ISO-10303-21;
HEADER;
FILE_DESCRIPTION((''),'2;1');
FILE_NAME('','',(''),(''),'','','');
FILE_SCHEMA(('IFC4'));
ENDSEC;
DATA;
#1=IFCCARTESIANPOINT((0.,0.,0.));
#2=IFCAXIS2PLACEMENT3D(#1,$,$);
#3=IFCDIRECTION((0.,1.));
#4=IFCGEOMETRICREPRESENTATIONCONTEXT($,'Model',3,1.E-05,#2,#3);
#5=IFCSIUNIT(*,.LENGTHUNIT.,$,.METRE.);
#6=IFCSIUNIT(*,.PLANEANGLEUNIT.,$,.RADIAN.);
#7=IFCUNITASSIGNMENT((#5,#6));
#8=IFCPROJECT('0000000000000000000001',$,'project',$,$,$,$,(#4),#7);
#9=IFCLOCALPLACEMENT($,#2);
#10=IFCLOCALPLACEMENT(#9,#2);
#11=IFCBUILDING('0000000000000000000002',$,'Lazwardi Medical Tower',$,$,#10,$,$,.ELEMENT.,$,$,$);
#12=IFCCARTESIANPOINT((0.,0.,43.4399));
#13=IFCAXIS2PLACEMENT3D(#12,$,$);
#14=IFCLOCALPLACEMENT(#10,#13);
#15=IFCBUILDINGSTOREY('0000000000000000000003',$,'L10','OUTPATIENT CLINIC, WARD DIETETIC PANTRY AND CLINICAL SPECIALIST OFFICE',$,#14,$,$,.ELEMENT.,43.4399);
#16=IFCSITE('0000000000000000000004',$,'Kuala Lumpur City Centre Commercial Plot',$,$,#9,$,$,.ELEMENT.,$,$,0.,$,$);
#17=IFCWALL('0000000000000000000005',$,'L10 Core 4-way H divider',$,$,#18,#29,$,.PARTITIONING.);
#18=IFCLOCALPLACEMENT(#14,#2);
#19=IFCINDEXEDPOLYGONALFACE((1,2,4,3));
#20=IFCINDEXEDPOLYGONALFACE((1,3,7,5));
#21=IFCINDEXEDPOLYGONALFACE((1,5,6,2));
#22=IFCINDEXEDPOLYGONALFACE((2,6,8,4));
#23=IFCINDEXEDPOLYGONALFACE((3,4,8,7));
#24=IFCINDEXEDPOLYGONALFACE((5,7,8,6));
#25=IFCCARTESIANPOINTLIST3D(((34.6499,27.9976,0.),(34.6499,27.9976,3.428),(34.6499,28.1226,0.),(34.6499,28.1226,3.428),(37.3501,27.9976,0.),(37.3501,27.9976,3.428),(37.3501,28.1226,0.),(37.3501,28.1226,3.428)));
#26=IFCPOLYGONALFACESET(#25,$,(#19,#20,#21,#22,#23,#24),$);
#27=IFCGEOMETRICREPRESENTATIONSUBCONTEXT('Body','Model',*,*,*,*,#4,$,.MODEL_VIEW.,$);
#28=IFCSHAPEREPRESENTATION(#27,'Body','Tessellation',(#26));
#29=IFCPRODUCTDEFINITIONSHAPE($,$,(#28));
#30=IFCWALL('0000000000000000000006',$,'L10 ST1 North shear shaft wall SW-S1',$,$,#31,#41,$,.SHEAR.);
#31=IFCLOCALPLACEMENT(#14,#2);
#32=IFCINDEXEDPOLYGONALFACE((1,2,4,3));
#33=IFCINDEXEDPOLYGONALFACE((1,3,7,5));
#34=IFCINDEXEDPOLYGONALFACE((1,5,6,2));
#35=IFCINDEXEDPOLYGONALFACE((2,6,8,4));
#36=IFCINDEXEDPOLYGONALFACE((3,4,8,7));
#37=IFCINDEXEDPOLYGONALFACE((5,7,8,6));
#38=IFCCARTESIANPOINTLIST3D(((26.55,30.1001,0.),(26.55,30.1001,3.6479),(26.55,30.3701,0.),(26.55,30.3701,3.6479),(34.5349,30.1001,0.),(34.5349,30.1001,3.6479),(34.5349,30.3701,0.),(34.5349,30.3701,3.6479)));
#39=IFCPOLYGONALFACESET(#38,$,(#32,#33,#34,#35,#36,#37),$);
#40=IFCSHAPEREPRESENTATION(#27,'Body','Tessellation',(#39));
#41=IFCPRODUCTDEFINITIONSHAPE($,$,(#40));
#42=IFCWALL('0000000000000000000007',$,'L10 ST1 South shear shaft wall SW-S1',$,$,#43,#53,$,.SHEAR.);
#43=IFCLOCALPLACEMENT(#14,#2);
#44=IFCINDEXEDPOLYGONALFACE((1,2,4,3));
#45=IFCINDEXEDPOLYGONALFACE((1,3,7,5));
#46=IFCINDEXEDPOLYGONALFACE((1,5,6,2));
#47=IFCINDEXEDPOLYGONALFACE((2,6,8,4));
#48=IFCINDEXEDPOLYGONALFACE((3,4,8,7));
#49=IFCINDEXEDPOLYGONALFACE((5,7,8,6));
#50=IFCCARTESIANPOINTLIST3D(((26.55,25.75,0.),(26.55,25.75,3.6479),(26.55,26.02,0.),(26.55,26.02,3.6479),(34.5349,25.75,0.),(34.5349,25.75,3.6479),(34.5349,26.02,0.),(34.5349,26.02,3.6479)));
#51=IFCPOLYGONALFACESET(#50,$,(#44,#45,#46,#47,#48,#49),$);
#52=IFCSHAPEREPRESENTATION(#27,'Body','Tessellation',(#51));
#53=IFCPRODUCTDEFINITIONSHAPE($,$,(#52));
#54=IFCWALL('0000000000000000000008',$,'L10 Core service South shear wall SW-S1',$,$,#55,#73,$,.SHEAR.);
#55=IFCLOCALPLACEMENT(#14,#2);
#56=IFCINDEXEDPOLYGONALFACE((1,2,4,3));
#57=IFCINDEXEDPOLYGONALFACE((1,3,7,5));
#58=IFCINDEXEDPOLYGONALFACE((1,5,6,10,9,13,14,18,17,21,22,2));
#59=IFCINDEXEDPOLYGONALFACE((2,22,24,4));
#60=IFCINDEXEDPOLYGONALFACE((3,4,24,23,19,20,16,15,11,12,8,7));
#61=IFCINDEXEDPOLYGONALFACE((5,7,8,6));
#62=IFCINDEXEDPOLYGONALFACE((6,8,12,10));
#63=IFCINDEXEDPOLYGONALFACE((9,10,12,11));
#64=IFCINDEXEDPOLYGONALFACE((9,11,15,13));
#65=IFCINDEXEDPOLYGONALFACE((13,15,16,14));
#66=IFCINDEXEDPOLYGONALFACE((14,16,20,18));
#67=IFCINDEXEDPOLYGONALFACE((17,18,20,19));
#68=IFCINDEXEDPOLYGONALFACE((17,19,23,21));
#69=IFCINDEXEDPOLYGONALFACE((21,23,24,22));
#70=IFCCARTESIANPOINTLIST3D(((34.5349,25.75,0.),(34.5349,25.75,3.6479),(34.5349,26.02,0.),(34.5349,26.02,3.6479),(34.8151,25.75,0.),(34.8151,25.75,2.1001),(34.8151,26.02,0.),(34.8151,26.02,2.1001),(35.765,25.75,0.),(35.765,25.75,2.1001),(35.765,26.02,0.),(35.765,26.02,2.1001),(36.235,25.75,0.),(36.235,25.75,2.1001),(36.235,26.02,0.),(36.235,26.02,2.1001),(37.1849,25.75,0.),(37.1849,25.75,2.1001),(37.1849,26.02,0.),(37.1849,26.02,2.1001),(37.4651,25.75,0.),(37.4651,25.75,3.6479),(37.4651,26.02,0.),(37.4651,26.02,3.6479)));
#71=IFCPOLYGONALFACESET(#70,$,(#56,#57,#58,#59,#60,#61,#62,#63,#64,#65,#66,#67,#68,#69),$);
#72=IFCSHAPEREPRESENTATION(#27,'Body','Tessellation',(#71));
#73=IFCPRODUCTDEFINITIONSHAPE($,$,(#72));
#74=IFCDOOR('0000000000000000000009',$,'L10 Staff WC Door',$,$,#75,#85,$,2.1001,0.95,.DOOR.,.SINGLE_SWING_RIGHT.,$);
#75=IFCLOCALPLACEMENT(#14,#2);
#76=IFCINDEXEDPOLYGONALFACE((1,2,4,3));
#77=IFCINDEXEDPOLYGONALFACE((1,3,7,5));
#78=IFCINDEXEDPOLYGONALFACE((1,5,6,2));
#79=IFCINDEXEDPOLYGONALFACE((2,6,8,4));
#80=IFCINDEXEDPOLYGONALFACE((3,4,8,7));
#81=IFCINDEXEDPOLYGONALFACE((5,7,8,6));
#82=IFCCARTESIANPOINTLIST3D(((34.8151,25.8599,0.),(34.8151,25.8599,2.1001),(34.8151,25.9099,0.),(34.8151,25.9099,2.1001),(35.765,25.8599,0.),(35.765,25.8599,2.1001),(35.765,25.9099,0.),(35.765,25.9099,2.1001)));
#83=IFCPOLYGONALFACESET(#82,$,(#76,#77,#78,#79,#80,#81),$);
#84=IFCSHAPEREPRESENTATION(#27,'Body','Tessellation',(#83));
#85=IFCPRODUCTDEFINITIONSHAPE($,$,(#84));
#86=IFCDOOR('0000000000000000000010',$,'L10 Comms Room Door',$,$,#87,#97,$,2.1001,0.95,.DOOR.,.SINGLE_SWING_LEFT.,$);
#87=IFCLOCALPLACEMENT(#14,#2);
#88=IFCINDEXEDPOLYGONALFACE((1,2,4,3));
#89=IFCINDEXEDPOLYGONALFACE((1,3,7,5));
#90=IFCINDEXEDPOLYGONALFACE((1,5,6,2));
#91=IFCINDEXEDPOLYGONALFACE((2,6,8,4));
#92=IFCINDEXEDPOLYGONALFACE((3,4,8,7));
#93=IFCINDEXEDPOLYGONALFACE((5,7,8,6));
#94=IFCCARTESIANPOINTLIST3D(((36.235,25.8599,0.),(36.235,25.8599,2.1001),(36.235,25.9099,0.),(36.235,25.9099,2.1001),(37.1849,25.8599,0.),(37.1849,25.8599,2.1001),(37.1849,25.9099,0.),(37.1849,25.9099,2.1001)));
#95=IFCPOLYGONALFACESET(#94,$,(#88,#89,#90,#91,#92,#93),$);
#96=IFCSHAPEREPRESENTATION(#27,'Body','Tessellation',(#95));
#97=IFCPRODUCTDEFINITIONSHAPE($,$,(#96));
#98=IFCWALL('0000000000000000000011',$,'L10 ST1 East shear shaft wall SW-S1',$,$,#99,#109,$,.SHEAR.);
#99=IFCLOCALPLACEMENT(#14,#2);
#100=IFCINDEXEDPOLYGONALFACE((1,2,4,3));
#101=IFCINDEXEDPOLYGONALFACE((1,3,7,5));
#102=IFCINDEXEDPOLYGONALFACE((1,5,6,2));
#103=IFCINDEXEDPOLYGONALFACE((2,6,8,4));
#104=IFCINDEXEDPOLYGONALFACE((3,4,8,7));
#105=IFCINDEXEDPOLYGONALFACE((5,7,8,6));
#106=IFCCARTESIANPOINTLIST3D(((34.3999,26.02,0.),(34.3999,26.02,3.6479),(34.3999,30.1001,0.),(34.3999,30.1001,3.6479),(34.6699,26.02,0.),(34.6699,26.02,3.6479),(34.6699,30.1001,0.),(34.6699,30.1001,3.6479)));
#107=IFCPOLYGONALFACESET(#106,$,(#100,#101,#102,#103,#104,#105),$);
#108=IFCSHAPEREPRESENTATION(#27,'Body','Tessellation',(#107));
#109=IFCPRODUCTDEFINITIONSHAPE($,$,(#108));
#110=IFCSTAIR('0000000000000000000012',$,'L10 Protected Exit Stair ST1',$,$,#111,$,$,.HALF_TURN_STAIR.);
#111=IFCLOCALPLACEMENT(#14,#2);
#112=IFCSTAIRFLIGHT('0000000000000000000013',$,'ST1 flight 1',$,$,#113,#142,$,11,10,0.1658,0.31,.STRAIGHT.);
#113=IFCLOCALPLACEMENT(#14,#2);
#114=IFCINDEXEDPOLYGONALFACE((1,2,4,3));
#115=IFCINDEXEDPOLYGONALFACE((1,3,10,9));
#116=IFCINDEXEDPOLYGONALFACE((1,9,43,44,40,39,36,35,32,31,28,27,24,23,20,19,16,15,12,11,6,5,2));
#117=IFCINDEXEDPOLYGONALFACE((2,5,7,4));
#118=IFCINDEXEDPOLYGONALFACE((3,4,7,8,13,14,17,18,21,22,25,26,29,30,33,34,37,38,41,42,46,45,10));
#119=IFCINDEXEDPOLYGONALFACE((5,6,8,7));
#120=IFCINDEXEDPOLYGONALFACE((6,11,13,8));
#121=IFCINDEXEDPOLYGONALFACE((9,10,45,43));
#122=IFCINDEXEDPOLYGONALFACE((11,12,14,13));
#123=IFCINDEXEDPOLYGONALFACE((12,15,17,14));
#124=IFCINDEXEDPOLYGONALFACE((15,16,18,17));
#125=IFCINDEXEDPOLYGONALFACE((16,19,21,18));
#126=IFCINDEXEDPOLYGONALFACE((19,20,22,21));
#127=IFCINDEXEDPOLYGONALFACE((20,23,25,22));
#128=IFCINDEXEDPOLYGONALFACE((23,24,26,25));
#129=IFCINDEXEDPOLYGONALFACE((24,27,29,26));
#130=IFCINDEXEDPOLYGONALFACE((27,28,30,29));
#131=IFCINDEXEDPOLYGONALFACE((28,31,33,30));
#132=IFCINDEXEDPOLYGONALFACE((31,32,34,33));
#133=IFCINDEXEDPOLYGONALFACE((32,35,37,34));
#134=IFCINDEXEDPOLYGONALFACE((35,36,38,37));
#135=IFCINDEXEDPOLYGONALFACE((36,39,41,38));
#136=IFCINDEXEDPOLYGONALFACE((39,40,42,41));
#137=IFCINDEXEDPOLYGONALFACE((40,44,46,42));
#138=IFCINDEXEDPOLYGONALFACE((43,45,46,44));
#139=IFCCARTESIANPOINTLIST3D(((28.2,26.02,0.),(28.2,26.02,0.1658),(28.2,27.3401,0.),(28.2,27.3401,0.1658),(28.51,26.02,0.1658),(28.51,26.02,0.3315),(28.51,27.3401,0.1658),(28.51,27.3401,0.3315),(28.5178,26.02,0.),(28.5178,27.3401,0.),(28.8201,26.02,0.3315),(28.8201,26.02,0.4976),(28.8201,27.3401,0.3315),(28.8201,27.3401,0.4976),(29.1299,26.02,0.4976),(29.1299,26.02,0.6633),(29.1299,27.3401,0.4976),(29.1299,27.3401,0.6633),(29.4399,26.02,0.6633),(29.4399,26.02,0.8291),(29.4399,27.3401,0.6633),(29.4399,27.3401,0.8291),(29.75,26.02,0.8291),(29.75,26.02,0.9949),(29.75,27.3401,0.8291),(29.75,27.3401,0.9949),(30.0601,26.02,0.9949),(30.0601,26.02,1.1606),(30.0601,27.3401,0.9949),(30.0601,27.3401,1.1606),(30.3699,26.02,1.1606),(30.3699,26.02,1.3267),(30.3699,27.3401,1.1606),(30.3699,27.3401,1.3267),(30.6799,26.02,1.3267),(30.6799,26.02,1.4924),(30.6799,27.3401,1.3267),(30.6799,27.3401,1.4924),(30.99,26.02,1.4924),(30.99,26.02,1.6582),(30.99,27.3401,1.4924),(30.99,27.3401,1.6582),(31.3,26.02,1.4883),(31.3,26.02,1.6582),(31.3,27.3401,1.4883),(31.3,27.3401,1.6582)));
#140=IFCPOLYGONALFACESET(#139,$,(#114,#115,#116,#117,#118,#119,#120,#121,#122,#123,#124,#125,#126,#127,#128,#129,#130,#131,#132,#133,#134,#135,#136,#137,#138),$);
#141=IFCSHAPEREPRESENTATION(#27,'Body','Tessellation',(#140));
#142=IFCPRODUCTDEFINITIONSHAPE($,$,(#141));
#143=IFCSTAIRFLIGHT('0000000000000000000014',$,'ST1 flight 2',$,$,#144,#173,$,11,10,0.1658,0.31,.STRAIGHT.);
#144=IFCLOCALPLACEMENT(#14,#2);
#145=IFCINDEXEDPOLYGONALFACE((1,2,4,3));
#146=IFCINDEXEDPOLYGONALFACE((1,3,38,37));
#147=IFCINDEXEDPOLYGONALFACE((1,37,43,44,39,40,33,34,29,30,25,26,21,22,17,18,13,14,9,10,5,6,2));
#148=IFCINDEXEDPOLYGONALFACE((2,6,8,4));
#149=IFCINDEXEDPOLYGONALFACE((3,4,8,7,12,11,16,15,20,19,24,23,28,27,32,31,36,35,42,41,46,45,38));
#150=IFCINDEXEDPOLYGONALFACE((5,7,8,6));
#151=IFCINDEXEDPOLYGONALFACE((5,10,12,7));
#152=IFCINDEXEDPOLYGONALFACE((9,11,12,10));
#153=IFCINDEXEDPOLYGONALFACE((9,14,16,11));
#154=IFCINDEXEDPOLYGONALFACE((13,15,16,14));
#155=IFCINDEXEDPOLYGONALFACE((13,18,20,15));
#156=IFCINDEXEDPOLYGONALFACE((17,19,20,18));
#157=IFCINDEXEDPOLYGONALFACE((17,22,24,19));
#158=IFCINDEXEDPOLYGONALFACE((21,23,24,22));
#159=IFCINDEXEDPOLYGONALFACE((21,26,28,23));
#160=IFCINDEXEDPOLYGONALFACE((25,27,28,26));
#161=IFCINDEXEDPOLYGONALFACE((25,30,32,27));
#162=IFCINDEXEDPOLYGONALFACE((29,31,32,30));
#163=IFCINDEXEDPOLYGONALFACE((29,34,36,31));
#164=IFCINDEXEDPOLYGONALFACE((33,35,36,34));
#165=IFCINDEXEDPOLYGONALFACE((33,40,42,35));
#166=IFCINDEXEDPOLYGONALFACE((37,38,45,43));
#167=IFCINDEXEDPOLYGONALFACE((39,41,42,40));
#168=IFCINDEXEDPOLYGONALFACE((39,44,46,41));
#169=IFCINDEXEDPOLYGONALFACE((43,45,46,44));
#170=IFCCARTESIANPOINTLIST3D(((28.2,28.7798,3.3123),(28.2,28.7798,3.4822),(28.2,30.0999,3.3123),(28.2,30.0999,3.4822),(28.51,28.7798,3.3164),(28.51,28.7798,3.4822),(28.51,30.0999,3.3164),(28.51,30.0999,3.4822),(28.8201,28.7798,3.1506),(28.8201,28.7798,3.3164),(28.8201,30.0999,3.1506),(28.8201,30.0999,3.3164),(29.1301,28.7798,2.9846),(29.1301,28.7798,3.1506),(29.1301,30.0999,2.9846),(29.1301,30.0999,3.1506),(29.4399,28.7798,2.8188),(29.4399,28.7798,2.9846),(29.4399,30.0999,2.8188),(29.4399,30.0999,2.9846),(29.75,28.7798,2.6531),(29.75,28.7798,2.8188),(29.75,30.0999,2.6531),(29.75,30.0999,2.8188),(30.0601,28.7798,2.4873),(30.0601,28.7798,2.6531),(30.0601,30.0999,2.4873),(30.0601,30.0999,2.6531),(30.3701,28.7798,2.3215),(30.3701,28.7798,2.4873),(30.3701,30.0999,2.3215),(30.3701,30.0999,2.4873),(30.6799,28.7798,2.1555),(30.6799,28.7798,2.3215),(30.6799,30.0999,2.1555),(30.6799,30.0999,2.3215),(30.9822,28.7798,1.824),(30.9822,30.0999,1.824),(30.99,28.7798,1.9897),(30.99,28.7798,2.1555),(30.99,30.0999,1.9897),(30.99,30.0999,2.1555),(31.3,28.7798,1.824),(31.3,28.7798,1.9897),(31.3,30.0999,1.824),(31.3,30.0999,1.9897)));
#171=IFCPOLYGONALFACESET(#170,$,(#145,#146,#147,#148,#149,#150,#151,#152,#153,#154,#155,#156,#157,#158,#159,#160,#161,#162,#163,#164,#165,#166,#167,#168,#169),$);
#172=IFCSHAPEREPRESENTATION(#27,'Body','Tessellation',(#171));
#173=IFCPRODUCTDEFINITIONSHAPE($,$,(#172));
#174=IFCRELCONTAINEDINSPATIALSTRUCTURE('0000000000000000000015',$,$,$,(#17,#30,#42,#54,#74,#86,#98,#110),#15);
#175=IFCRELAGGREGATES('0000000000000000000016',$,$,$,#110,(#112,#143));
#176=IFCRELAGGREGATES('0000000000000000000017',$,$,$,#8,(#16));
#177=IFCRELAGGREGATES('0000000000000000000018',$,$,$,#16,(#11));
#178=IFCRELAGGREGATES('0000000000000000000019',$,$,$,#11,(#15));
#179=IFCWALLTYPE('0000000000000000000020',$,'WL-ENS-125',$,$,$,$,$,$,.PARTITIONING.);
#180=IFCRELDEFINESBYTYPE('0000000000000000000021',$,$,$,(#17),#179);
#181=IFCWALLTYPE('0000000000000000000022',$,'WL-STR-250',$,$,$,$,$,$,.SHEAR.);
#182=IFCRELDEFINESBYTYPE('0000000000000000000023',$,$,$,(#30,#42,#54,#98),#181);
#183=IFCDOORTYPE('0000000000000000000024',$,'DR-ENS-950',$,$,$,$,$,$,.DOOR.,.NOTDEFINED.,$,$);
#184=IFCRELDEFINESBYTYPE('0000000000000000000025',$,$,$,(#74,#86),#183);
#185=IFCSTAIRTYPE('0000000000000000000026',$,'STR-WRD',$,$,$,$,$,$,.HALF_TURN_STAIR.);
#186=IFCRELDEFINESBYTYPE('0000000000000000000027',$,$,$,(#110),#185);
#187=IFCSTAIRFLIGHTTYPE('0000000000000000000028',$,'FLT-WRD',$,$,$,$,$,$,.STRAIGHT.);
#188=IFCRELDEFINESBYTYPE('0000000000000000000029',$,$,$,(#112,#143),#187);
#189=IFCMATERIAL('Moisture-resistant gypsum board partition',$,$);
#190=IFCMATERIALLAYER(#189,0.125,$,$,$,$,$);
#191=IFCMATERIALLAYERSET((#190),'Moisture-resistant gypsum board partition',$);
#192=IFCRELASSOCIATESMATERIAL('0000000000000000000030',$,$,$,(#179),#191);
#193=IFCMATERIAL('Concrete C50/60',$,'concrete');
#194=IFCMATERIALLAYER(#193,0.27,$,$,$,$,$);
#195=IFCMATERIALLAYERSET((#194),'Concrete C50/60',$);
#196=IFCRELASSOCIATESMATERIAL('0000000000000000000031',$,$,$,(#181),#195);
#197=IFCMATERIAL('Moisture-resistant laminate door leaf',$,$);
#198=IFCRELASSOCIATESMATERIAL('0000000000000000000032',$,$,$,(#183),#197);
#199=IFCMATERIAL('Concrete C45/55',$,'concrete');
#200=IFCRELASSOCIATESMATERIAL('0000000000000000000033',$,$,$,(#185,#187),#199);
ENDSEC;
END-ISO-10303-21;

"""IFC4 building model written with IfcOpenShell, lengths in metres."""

from ifc_helpers import new_model, si_unit, direction, frame, frame_2d, origin, place, context, subcontext, project, spatial, polyline, rectangle, outline, extrude, material, layer, layer_set, type_object, element, fill, aggregate, save


model = new_model("IFC4")

# Units and contexts
model_context = context("Model", 3, precision=1e-05, world=origin(), true_north=direction((0.0, 1.0)))
body_context = subcontext(model_context, "Body", "Model", "MODEL_VIEW")
ifc_project = project(units=[si_unit("LENGTHUNIT", "METRE"), si_unit("PLANEANGLEUNIT", "RADIAN")], contexts=[model_context])

# Site, building, storey
site_placement = place(None, origin())
site = spatial("IfcSite", under=ifc_project, at=site_placement, Name="Kuala Lumpur City Centre Commercial Plot", CompositionType="ELEMENT", RefElevation=0.0)
building_placement = place(site_placement, origin())
building = spatial("IfcBuilding", under=site, at=building_placement, Name="Lazwardi Medical Tower", CompositionType="ELEMENT")
storey_placement = place(building_placement, frame((0.0, 0.0, 43.4399)))
storey = spatial("IfcBuildingStorey", under=building, at=storey_placement, Name="L10", Description="OUTPATIENT CLINIC, WARD DIETETIC PANTRY AND CLINICAL SPECIALIST OFFICE", CompositionType="ELEMENT", Elevation=43.4399)

# Walls
ifc_material_1 = material(Name="Moisture-resistant gypsum board partition")
ifc_layer_1 = layer(ifc_material_1, 0.125)
ifc_layer_set_1 = layer_set([ifc_layer_1], Name="Moisture-resistant gypsum board partition")
wall_type_1 = type_object("IfcWallType", Name="WL-ENS-125", PredefinedType="PARTITIONING", material=ifc_layer_set_1)
wall_1_placement = place(storey_placement, frame((34.6499, 28.0601, 0.0), z_axis=(0.0, 0.0, 1.0), x_axis=(1.0, 0.0, 0.0)))
element("IfcWall", 1, at=wall_1_placement, inside=storey, type_object=wall_type_1, Name="L10 Core 4-way H divider", PredefinedType="PARTITIONING", context=body_context, shape_type="SweptSolid", body=[
    extrude(rectangle(XDim=2.7002, YDim=0.125, at=frame_2d((1.3501, 0.0))), origin(), (0.0, 0.0, 1.0), 3.428),
])
ifc_material_2 = material(Name="Concrete C50/60", Category="concrete")
ifc_layer_2 = layer(ifc_material_2, 0.27)
ifc_layer_set_2 = layer_set([ifc_layer_2], Name="Concrete C50/60")
wall_type_2 = type_object("IfcWallType", Name="WL-STR-250", PredefinedType="SHEAR", material=ifc_layer_set_2)
for number, where, z_axis, x_axis, name in (
    (2, (26.55, 30.2351, 0.0), (0.0, 0.0, 1.0), (1.0, 0.0, 0.0), "L10 ST1 North shear shaft wall SW-S1"),
    (3, (26.55, 25.885, 0.0), (0.0, 0.0, 1.0), (1.0, 0.0, 0.0), "L10 ST1 South shear shaft wall SW-S1"),
):
    element("IfcWall", number, at=place(storey_placement, frame(where, z_axis=z_axis, x_axis=x_axis)), inside=storey, type_object=wall_type_2, Name=name, PredefinedType="SHEAR", context=body_context, shape_type="SweptSolid", body=[
        extrude(rectangle(XDim=7.9849, YDim=0.27, at=frame_2d((3.9924, 0.0))), origin(), (0.0, 0.0, 1.0), 3.6479),
    ])

# Wall, openings, doors
wall_2_placement = place(storey_placement, frame((34.5349, 25.885, 0.0), z_axis=(0.0, 0.0, 1.0), x_axis=(1.0, 0.0, 0.0)))
wall_2 = element("IfcWall", 4, at=wall_2_placement, inside=storey, type_object=wall_type_2, Name="L10 Core service South shear wall SW-S1", PredefinedType="SHEAR", context=body_context, shape_type="SweptSolid", body=[
    extrude(rectangle(XDim=2.9302, YDim=0.27, at=frame_2d((1.4651, 0.0))), origin(), (0.0, 0.0, 1.0), 3.6479),
])
opening_1_placement = place(wall_2_placement, frame((0.28, 0.0, 0.0)))
opening_1 = element("IfcOpeningElement", 5, at=opening_1_placement, cuts=wall_2, PredefinedType="OPENING", context=body_context, shape_type="SweptSolid", body=[
    extrude(rectangle(XDim=0.95, YDim=2.1001, at=frame_2d((0.4751, 1.05))), frame((0.0, 0.145, 0.0), z_axis=(0.0, -1.0, 0.0), x_axis=(1.0, 0.0, 0.0)), (0.0, 0.0, 1.0), 0.29),
])
opening_2_placement = place(wall_2_placement, frame((1.7, 0.0, 0.0)))
opening_2 = element("IfcOpeningElement", 6, at=opening_2_placement, cuts=wall_2, PredefinedType="OPENING", context=body_context, shape_type="SweptSolid", body=[
    extrude(rectangle(XDim=0.95, YDim=2.1001, at=frame_2d((0.4751, 1.05))), frame((0.0, 0.145, 0.0), z_axis=(0.0, -1.0, 0.0), x_axis=(1.0, 0.0, 0.0)), (0.0, 0.0, 1.0), 0.29),
])
ifc_material_3 = material(Name="Moisture-resistant laminate door leaf")
door_type = type_object("IfcDoorType", Name="DR-ENS-950", OperationType="NOTDEFINED", PredefinedType="DOOR", material=ifc_material_3)
door_1_placement = place(opening_1_placement, origin())
door_1 = element("IfcDoor", 7, at=door_1_placement, inside=storey, type_object=door_type, Name="L10 Staff WC Door", OperationType="SINGLE_SWING_RIGHT", OverallHeight=2.1001, OverallWidth=0.95, PredefinedType="DOOR", context=body_context, shape_type="SweptSolid", body=[
    extrude(rectangle(XDim=0.95, YDim=2.1001, at=frame_2d((0.4751, 1.05))), frame((0.0, 0.0249, 0.0), z_axis=(0.0, -1.0, 0.0), x_axis=(1.0, 0.0, 0.0)), (0.0, 0.0, 1.0), 0.05),
])
fill(opening_1, door_1)
door_2_placement = place(opening_2_placement, origin())
door_2 = element("IfcDoor", 8, at=door_2_placement, inside=storey, type_object=door_type, Name="L10 Comms Room Door", OperationType="SINGLE_SWING_LEFT", OverallHeight=2.1001, OverallWidth=0.95, PredefinedType="DOOR", context=body_context, shape_type="SweptSolid", body=[
    extrude(rectangle(XDim=0.95, YDim=2.1001, at=frame_2d((0.4751, 1.05))), frame((0.0, 0.0249, 0.0), z_axis=(0.0, -1.0, 0.0), x_axis=(1.0, 0.0, 0.0)), (0.0, 0.0, 1.0), 0.05),
])
fill(opening_2, door_2)

# Wall
wall_3_placement = place(storey_placement, frame((34.5349, 26.02, 0.0), z_axis=(0.0, 0.0, 1.0), x_axis=(0.0, 1.0, 0.0)))
element("IfcWall", 9, at=wall_3_placement, inside=storey, type_object=wall_type_2, Name="L10 ST1 East shear shaft wall SW-S1", PredefinedType="SHEAR", context=body_context, shape_type="SweptSolid", body=[
    extrude(rectangle(XDim=4.0801, YDim=0.27, at=frame_2d((2.04, 0.0))), origin(), (0.0, 0.0, 1.0), 3.6479),
])

# Stair, stair flights
ifc_material_4 = material(Name="Concrete C45/55", Category="concrete")
stair_type = type_object("IfcStairType", Name="STR-WRD", PredefinedType="HALF_TURN_STAIR", material=ifc_material_4)
stair_placement = place(storey_placement, origin())
stair = element("IfcStair", 10, at=stair_placement, inside=storey, type_object=stair_type, Name="L10 Protected Exit Stair ST1", PredefinedType="HALF_TURN_STAIR")
stair_flight_type = type_object("IfcStairFlightType", Name="FLT-WRD", PredefinedType="STRAIGHT", material=ifc_material_4)
stair_flight_1_placement = place(storey_placement, frame((28.2, 26.6799, 0.0), z_axis=(0.0, 0.0, 1.0), x_axis=(1.0, 0.0, 0.0)))
stair_flight_1 = element("IfcStairFlight", 11, at=stair_flight_1_placement, type_object=stair_flight_type, Name="ST1 flight 1", NumberOfRisers=11, NumberOfTreads=10, PredefinedType="STRAIGHT", RiserHeight=0.1658, TreadLength=0.31, context=body_context, shape_type="SweptSolid", body=[
    extrude(outline(polyline([(0.0, 0.0), (0.0, 0.1658), (0.3101, 0.1658), (0.3101, 0.3315), (0.6201, 0.3315), (0.6201, 0.4976), (0.9299, 0.4976), (0.9299, 0.6633), (1.24, 0.6633), (1.24, 0.8291), (1.55, 0.8291), (1.55, 0.9949), (1.8601, 0.9949), (1.8601, 1.1606), (2.1699, 1.1606), (2.1699, 1.3267), (2.48, 1.3267), (2.48, 1.4924), (2.79, 1.4924), (2.79, 1.6582), (3.1001, 1.6582), (3.1001, 1.824), (3.1001, 1.4883), (0.3179, 0.0), (0.0, 0.0)])), frame((0.0, 0.6602, 0.0), z_axis=(0.0, -1.0, 0.0), x_axis=(1.0, 0.0, 0.0)), (0.0, 0.0, 1.0), 1.3201),
])
stair_flight_2_placement = place(storey_placement, frame((31.3, 29.4399, 1.824), z_axis=(0.0, 0.0, 1.0), x_axis=(-1.0, 0.0, 0.0)))
stair_flight_2 = element("IfcStairFlight", 12, at=stair_flight_2_placement, type_object=stair_flight_type, Name="ST1 flight 2", NumberOfRisers=11, NumberOfTreads=10, PredefinedType="STRAIGHT", RiserHeight=0.1658, TreadLength=0.31, context=body_context, shape_type="SweptSolid", body=[
    extrude(outline(polyline([(0.0, 0.0), (0.0, 0.1658), (0.3101, 0.1658), (0.3101, 0.3315), (0.6201, 0.3315), (0.6201, 0.4976), (0.9299, 0.4976), (0.9299, 0.6633), (1.24, 0.6633), (1.24, 0.8291), (1.55, 0.8291), (1.55, 0.9949), (1.8601, 0.9949), (1.8601, 1.1606), (2.1699, 1.1606), (2.1699, 1.3267), (2.48, 1.3267), (2.48, 1.4924), (2.79, 1.4924), (2.79, 1.6582), (3.1001, 1.6582), (3.1001, 1.824), (3.1001, 1.4883), (0.3179, 0.0), (0.0, 0.0)])), frame((0.0, 0.6602, 0.0), z_axis=(0.0, -1.0, 0.0), x_axis=(1.0, 0.0, 0.0)), (0.0, 0.0, 1.0), 1.3201),
])
aggregate(stair, [stair_flight_1, stair_flight_2])

save(model, "model.ifc")
